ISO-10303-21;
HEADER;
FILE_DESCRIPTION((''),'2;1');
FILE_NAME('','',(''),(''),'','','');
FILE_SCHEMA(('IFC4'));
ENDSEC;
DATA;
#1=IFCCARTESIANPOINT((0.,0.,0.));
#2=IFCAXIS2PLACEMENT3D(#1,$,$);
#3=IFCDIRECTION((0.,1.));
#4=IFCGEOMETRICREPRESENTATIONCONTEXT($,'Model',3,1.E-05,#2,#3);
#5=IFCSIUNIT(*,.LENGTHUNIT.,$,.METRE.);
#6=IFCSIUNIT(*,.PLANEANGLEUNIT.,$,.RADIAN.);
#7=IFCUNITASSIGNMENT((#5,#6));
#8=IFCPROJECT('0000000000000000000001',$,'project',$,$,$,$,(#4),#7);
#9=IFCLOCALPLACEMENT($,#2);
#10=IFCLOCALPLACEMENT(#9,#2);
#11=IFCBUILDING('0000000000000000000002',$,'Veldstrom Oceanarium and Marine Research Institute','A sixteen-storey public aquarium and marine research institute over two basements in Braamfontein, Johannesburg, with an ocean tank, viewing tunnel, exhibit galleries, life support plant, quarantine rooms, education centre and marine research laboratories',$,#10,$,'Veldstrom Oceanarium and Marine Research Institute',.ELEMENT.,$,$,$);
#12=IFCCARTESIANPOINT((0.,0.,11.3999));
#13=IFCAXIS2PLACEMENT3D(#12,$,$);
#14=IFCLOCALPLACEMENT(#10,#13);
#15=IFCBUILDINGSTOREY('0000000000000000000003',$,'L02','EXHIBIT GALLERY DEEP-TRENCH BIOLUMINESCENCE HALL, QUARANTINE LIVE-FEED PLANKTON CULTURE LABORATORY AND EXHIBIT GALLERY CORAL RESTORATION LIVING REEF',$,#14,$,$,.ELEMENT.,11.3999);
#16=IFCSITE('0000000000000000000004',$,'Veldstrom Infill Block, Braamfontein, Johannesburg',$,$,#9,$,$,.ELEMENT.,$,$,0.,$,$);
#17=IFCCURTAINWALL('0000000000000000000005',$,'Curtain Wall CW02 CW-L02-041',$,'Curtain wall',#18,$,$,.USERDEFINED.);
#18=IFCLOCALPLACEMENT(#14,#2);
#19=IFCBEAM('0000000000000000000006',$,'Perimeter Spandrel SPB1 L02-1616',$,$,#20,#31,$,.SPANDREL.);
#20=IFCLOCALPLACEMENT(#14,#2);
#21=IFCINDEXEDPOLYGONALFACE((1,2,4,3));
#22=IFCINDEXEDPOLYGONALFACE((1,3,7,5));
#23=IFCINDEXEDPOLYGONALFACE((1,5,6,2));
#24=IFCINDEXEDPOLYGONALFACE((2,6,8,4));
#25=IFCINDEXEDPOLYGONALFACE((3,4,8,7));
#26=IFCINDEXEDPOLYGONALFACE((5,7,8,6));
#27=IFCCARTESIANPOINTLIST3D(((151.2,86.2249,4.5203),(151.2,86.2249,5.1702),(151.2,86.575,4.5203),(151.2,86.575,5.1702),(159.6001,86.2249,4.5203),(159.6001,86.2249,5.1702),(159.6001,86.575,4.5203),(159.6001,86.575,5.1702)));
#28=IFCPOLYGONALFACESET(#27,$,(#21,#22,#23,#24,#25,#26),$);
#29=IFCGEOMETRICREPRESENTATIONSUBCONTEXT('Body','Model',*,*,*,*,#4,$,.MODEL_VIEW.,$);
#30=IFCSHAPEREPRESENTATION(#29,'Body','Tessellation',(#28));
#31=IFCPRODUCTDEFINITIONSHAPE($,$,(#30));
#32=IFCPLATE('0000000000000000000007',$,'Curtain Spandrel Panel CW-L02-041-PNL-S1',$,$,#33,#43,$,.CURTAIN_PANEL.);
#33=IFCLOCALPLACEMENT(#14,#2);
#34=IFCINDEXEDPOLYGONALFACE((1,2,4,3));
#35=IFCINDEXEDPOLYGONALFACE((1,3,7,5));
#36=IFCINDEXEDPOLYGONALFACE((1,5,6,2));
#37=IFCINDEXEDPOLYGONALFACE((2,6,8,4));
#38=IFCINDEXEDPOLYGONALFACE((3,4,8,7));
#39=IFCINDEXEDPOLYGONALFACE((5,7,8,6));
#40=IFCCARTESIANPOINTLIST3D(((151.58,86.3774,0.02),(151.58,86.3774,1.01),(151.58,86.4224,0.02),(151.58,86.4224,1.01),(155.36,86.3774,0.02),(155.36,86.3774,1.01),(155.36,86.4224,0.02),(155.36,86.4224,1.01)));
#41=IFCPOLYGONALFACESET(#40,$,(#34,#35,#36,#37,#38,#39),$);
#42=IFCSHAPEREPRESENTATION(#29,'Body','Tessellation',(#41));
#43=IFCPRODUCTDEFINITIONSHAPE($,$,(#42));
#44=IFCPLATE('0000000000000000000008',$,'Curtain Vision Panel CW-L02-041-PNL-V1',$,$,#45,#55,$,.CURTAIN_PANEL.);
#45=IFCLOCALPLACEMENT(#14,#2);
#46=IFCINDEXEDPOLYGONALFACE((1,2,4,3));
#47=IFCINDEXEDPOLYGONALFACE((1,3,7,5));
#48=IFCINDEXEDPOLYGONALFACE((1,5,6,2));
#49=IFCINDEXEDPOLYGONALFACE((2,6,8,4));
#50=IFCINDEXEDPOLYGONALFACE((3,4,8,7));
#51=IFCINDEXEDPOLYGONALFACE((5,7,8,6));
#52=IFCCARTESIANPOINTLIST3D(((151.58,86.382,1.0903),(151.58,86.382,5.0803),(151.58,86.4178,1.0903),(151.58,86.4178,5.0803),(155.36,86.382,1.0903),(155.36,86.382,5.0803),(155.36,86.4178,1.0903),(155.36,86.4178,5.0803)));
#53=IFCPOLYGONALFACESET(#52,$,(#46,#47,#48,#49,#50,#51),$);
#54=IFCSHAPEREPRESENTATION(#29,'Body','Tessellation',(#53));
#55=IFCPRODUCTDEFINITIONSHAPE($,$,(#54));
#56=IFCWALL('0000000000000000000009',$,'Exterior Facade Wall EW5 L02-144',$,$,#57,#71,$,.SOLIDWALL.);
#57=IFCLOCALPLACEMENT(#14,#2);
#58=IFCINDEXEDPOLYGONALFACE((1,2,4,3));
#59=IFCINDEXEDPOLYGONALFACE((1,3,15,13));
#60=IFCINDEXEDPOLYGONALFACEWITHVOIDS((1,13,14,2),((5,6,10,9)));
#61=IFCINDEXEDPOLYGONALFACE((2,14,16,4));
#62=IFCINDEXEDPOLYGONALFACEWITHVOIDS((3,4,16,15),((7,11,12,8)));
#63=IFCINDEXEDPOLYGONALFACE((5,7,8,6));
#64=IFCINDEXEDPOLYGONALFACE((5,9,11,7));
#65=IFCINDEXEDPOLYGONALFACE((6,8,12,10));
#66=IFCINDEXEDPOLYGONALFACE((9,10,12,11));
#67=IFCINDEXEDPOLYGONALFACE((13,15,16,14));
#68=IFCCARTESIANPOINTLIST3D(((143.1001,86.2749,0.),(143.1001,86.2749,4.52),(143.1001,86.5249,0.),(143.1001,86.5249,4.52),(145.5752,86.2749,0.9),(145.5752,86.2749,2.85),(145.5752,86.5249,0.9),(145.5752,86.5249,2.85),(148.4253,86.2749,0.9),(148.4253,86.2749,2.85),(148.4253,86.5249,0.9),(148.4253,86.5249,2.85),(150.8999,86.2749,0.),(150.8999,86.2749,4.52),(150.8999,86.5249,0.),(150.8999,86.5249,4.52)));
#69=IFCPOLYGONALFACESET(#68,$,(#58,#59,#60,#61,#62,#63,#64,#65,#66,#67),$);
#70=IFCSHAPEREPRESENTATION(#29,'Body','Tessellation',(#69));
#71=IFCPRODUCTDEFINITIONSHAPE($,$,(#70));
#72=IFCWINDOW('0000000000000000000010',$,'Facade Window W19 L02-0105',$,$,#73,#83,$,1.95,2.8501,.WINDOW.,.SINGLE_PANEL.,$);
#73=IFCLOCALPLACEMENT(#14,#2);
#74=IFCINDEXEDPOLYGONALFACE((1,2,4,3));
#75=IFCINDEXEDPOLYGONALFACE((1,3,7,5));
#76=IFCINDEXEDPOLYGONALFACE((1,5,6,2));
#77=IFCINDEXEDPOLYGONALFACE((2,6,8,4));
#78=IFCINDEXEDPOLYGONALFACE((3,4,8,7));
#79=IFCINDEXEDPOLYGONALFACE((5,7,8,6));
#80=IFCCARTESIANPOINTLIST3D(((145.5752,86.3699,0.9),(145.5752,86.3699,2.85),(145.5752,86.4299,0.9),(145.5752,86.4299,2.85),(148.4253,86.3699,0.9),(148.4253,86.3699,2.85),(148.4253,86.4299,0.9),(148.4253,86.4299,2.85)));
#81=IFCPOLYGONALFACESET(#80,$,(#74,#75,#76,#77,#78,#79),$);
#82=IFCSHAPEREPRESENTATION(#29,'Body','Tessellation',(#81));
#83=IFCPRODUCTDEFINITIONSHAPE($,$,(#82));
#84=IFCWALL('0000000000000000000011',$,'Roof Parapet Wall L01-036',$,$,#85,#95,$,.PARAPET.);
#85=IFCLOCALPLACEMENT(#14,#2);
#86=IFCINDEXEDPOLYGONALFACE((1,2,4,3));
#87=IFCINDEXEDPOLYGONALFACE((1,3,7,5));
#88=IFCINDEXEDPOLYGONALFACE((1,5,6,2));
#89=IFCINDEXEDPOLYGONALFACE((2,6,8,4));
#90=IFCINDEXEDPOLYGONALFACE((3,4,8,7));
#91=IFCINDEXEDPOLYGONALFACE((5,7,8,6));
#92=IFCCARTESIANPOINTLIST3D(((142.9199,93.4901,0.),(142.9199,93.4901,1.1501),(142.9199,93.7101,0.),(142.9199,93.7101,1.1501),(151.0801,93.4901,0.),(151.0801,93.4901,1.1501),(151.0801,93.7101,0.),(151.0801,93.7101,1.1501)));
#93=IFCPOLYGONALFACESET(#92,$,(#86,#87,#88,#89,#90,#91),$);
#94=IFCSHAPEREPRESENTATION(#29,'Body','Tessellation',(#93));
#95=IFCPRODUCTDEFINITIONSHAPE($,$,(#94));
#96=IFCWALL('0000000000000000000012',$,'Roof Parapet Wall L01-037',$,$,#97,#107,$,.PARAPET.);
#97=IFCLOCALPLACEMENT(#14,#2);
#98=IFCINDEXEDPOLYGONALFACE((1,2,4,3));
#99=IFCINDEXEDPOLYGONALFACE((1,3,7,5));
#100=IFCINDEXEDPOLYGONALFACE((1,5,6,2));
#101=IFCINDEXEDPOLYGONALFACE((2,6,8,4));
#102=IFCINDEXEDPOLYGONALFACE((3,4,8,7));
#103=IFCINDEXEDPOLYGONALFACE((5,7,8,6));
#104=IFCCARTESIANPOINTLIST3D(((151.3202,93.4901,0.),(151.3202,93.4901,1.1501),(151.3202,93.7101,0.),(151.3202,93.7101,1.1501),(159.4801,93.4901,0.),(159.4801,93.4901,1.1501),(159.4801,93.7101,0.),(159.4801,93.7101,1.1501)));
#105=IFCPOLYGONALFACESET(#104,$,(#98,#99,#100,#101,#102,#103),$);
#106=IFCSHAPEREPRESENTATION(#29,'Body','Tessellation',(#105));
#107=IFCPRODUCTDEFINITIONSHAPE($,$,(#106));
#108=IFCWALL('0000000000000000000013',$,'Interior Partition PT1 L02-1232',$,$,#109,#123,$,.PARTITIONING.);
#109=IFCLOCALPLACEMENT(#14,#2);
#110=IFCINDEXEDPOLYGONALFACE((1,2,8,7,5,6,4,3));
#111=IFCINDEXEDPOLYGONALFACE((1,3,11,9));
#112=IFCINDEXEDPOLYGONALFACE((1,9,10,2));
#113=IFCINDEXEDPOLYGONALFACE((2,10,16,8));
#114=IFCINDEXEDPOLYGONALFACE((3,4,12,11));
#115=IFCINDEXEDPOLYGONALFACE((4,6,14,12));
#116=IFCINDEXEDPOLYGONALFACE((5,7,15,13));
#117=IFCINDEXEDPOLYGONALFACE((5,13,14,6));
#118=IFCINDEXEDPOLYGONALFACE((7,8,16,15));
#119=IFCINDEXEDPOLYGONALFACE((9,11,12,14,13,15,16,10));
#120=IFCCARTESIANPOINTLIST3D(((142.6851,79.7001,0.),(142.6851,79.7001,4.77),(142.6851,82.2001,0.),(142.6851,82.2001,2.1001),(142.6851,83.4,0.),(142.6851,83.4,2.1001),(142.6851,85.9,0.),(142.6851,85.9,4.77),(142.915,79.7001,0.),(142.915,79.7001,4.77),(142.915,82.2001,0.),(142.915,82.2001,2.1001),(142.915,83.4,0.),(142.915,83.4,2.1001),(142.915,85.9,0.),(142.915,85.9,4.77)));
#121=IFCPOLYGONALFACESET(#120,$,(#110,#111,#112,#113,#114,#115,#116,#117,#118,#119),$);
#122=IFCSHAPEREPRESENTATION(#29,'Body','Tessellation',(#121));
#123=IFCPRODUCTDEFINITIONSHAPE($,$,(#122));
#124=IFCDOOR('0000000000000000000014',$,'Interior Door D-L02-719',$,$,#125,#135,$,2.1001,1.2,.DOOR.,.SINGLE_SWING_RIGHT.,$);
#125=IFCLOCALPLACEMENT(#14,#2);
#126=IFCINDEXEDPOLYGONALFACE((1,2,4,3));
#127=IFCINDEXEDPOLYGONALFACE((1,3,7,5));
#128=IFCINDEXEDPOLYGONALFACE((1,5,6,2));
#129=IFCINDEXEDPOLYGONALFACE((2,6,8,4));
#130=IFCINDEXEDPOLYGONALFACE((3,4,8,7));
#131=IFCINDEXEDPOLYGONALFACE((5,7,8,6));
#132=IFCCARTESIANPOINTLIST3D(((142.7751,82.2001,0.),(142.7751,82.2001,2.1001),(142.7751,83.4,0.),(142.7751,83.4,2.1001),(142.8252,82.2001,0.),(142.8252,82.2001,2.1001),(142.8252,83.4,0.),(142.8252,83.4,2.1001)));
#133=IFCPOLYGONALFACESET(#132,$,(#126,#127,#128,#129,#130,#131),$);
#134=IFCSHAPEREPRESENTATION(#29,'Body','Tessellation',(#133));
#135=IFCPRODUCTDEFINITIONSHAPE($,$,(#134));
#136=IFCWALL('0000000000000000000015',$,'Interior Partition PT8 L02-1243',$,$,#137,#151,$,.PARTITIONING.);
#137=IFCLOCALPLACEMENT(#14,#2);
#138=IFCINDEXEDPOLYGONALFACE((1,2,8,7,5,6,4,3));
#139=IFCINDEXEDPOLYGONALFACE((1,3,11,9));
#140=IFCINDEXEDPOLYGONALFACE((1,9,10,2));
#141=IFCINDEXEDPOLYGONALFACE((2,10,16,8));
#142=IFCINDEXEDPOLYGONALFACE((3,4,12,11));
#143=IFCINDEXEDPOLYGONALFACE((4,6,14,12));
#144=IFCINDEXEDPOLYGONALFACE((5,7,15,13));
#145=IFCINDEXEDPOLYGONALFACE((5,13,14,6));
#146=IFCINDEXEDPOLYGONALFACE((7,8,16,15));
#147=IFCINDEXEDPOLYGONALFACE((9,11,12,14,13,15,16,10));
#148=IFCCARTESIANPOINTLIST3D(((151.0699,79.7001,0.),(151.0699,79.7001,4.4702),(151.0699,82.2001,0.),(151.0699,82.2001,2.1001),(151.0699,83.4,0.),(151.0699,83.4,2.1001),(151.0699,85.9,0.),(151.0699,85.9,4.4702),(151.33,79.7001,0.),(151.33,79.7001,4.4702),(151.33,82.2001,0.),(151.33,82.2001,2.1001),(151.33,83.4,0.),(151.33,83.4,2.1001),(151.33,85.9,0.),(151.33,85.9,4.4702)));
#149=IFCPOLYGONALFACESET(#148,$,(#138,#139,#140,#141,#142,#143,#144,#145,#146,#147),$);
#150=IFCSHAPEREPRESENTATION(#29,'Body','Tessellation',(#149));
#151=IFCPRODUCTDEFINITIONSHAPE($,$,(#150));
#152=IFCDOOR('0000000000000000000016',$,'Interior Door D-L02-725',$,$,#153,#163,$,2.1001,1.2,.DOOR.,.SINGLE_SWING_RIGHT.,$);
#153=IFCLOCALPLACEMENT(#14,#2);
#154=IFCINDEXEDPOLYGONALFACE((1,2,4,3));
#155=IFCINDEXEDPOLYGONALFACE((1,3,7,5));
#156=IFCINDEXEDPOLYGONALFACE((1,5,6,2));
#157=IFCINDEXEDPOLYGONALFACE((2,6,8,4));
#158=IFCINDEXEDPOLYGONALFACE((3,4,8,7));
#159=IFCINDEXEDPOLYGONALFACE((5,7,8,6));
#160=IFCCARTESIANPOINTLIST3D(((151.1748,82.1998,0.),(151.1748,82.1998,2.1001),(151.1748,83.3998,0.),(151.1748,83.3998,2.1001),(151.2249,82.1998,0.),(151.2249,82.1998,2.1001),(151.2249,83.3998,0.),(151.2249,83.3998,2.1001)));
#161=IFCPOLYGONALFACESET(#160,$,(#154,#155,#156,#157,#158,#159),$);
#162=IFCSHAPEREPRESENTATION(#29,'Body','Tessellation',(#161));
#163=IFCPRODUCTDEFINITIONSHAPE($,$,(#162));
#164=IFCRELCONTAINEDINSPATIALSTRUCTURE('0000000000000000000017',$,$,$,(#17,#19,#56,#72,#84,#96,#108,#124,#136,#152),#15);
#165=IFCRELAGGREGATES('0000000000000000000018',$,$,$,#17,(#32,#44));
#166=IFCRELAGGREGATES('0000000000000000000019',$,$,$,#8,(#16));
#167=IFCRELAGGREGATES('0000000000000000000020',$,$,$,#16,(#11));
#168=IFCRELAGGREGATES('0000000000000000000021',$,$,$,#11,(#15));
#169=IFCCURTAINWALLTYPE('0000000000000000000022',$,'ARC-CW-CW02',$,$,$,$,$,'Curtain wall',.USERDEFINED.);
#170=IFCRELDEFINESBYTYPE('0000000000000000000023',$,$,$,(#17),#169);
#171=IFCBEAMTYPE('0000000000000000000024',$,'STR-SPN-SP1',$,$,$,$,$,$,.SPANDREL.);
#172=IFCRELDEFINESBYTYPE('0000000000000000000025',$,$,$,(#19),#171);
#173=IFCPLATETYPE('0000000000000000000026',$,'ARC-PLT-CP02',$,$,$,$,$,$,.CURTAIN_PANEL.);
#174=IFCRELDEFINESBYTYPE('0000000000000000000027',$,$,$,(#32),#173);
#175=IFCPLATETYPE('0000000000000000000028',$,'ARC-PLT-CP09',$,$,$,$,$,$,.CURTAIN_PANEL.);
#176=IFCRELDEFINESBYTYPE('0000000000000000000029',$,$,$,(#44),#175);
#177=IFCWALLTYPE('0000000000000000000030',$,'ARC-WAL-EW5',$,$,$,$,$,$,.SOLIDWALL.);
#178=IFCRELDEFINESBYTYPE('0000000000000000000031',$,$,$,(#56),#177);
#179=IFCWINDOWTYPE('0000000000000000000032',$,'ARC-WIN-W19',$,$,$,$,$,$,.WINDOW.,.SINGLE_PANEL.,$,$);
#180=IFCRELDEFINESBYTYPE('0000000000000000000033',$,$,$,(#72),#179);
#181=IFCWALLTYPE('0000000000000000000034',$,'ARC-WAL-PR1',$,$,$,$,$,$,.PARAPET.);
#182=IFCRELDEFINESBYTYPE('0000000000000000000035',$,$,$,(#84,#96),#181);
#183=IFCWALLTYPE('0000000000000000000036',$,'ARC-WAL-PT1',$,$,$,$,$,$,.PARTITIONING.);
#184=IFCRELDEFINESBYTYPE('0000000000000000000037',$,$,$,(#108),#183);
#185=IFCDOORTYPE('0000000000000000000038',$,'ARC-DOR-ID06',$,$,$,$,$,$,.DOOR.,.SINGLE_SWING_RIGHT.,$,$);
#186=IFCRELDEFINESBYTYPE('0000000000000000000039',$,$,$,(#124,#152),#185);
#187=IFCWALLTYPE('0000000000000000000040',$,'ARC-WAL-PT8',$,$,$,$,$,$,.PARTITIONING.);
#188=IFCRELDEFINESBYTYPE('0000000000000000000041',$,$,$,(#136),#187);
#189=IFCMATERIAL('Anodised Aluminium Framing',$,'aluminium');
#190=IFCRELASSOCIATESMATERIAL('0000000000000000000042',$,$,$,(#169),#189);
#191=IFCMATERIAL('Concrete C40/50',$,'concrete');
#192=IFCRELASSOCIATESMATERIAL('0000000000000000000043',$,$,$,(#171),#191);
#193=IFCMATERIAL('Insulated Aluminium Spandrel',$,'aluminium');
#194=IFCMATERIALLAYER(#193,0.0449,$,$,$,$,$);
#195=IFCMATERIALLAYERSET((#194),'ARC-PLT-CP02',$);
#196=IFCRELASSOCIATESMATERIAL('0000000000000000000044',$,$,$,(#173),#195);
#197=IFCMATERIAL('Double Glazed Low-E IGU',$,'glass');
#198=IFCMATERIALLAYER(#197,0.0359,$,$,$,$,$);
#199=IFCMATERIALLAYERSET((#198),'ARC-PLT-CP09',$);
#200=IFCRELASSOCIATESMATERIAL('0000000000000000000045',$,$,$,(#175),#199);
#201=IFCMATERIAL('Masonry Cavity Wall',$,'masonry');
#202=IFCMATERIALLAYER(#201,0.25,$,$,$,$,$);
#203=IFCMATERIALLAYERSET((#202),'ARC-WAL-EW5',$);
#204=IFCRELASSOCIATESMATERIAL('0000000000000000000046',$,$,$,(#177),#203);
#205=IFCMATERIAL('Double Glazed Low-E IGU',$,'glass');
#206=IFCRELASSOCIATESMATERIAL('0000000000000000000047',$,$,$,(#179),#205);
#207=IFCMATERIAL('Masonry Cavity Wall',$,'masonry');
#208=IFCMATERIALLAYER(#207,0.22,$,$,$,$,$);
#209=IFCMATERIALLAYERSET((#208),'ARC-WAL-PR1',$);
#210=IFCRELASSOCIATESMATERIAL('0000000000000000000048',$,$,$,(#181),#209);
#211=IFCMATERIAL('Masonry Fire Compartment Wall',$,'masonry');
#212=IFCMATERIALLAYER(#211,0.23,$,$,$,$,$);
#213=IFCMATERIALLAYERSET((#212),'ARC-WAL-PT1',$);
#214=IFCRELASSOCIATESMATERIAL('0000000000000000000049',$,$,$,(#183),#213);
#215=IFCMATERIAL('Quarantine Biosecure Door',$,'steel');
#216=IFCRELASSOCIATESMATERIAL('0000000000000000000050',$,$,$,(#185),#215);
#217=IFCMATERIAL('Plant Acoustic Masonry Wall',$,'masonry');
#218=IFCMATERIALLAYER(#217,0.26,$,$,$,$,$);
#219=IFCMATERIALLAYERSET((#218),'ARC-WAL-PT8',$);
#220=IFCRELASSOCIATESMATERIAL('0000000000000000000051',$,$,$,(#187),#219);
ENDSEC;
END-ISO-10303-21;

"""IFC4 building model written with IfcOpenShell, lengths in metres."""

from ifc_helpers import new_model, si_unit, direction, frame, frame_2d, origin, origin_2d, place, context, subcontext, project, spatial, rectangle, extrude, material, layer, layer_set, material_profile, profile_set, type_object, element, fill, aggregate, save


model = new_model("IFC4")

# Units and contexts
model_context = context("Model", 3, precision=1e-05, world=origin(), true_north=direction((0.0, 1.0)))
body_context = subcontext(model_context, "Body", "Model", "MODEL_VIEW")
ifc_project = project(units=[si_unit("LENGTHUNIT", "METRE"), si_unit("PLANEANGLEUNIT", "RADIAN")], contexts=[model_context])

# Site, building, storey
site_placement = place(None, origin())
site = spatial("IfcSite", under=ifc_project, at=site_placement, Name="Veldstrom Infill Block, Braamfontein, Johannesburg", CompositionType="ELEMENT", RefElevation=0.0)
building_placement = place(site_placement, origin())
building = spatial("IfcBuilding", under=site, at=building_placement, Name="Veldstrom Oceanarium and Marine Research Institute", Description="A sixteen-storey public aquarium and marine research institute over two basements in Braamfontein, Johannesburg, with an ocean tank, viewing tunnel, exhibit galleries, life support plant, quarantine rooms, education centre and marine research laboratories", LongName="Veldstrom Oceanarium and Marine Research Institute", CompositionType="ELEMENT")
storey_placement = place(building_placement, frame((0.0, 0.0, 11.3999)))
storey = spatial("IfcBuildingStorey", under=building, at=storey_placement, Name="L02", Description="EXHIBIT GALLERY DEEP-TRENCH BIOLUMINESCENCE HALL, QUARANTINE LIVE-FEED PLANKTON CULTURE LABORATORY AND EXHIBIT GALLERY CORAL RESTORATION LIVING REEF", CompositionType="ELEMENT", Elevation=11.3999)

# Curtain wall
ifc_material_1 = material(Name="Anodised Aluminium Framing", Category="aluminium")
curtain_wall_type = type_object("IfcCurtainWallType", Name="ARC-CW-CW02", ElementType="Curtain wall", PredefinedType="USERDEFINED", material=ifc_material_1)
curtain_wall_placement = place(storey_placement, origin())
curtain_wall = element("IfcCurtainWall", 1, at=curtain_wall_placement, inside=storey, type_object=curtain_wall_type, Name="Curtain Wall CW02 CW-L02-041", ObjectType="Curtain wall", PredefinedType="USERDEFINED")

# Beam
ifc_material_2 = material(Name="Concrete C40/50", Category="concrete")
ifc_material_profile_1 = material_profile(ifc_material_2, rectangle(XDim=0.3501, YDim=0.6499, at=origin_2d()), Name="RC-SPN-350x650")
ifc_profile_set_1 = profile_set([ifc_material_profile_1], Name="Concrete C40/50")
beam_type_1 = type_object("IfcBeamType", Name="STR-SPN-SP1", PredefinedType="SPANDREL", material=ifc_profile_set_1)
beam_1_placement = place(storey_placement, frame((151.2, 86.3999, 4.8452), z_axis=(1.0, 0.0, 0.0), x_axis=(0.0, 1.0, 0.0)))
element("IfcBeam", 2, at=beam_1_placement, inside=storey, type_object=beam_type_1, Name="Perimeter Spandrel SPB1 L02-1616", PredefinedType="SPANDREL", context=body_context, shape_type="SweptSolid", body=[
    extrude(rectangle(XDim=0.3501, YDim=0.6499, at=origin_2d()), origin(), (0.0, 0.0, 1.0), 8.4001),
])

# Plates
ifc_material_3 = material(Name="Insulated Aluminium Spandrel", Category="aluminium")
ifc_layer_1 = layer(ifc_material_3, 0.0449)
ifc_layer_set_1 = layer_set([ifc_layer_1], Name="ARC-PLT-CP02")
plate_type_1 = type_object("IfcPlateType", Name="ARC-PLT-CP02", PredefinedType="CURTAIN_PANEL", material=ifc_layer_set_1)
plate_1_placement = place(storey_placement, frame((153.47, 86.3999, 0.02), z_axis=(0.0, 0.0, 1.0), x_axis=(1.0, 0.0, 0.0)))
plate_1 = element("IfcPlate", 3, at=plate_1_placement, type_object=plate_type_1, Name="Curtain Spandrel Panel CW-L02-041-PNL-S1", PredefinedType="CURTAIN_PANEL", context=body_context, shape_type="SweptSolid", body=[
    extrude(rectangle(XDim=3.78, YDim=0.0449, at=origin_2d()), origin(), (0.0, 0.0, 1.0), 0.99),
])
ifc_material_4 = material(Name="Double Glazed Low-E IGU", Category="glass")
ifc_layer_2 = layer(ifc_material_4, 0.0359)
ifc_layer_set_2 = layer_set([ifc_layer_2], Name="ARC-PLT-CP09")
plate_type_2 = type_object("IfcPlateType", Name="ARC-PLT-CP09", PredefinedType="CURTAIN_PANEL", material=ifc_layer_set_2)
plate_2_placement = place(storey_placement, frame((153.47, 86.3999, 1.0903), z_axis=(0.0, 0.0, 1.0), x_axis=(1.0, 0.0, 0.0)))
plate_2 = element("IfcPlate", 4, at=plate_2_placement, type_object=plate_type_2, Name="Curtain Vision Panel CW-L02-041-PNL-V1", PredefinedType="CURTAIN_PANEL", context=body_context, shape_type="SweptSolid", body=[
    extrude(rectangle(XDim=3.78, YDim=0.0359, at=origin_2d()), origin(), (0.0, 0.0, 1.0), 3.99),
])
aggregate(curtain_wall, [plate_1, plate_2])

# Wall, opening, window
ifc_material_5 = material(Name="Masonry Cavity Wall", Category="masonry")
ifc_layer_3 = layer(ifc_material_5, 0.25)
ifc_layer_set_3 = layer_set([ifc_layer_3], Name="ARC-WAL-EW5")
wall_type_1 = type_object("IfcWallType", Name="ARC-WAL-EW5", PredefinedType="SOLIDWALL", material=ifc_layer_set_3)
wall_1_placement = place(storey_placement, frame((143.1001, 86.3999, 0.0), z_axis=(0.0, 0.0, 1.0), x_axis=(1.0, 0.0, 0.0)))
wall_1 = element("IfcWall", 5, at=wall_1_placement, inside=storey, type_object=wall_type_1, Name="Exterior Facade Wall EW5 L02-144", PredefinedType="SOLIDWALL", context=body_context, shape_type="SweptSolid", body=[
    extrude(rectangle(XDim=7.7998, YDim=0.25, at=frame_2d((3.8999, 0.0))), origin(), (0.0, 0.0, 1.0), 4.52),
])
opening_1_placement = place(wall_1_placement, frame((2.4751, 0.0, 0.8999)))
opening_1 = element("IfcOpeningElement", 6, at=opening_1_placement, cuts=wall_1, PredefinedType="OPENING", context=body_context, shape_type="SweptSolid", body=[
    extrude(rectangle(XDim=2.8501, YDim=1.95, at=frame_2d((1.425, 0.9751))), frame((0.0, 0.135, 0.0), z_axis=(0.0, -1.0, 0.0), x_axis=(1.0, 0.0, 0.0)), (0.0, 0.0, 1.0), 0.27),
])
ifc_material_6 = material(Name="Double Glazed Low-E IGU", Category="glass")
window_type = type_object("IfcWindowType", Name="ARC-WIN-W19", PartitioningType="SINGLE_PANEL", PredefinedType="WINDOW", material=ifc_material_6)
window_placement = place(opening_1_placement, origin())
window = element("IfcWindow", 7, at=window_placement, inside=storey, type_object=window_type, Name="Facade Window W19 L02-0105", OverallHeight=1.95, OverallWidth=2.8501, PartitioningType="SINGLE_PANEL", PredefinedType="WINDOW", context=body_context, shape_type="SweptSolid", body=[
    extrude(rectangle(XDim=2.8501, YDim=1.95, at=frame_2d((1.425, 0.9751))), frame((0.0, 0.03, 0.0), z_axis=(0.0, -1.0, 0.0), x_axis=(1.0, 0.0, 0.0)), (0.0, 0.0, 1.0), 0.0601),
])
fill(opening_1, window)

# Walls
ifc_material_7 = material(Name="Masonry Cavity Wall", Category="masonry")
ifc_layer_4 = layer(ifc_material_7, 0.22)
ifc_layer_set_4 = layer_set([ifc_layer_4], Name="ARC-WAL-PR1")
wall_type_2 = type_object("IfcWallType", Name="ARC-WAL-PR1", PredefinedType="PARAPET", material=ifc_layer_set_4)
wall_2_placement = place(storey_placement, frame((142.9199, 93.6001, 0.0), z_axis=(0.0, 0.0, 1.0), x_axis=(1.0, 0.0, 0.0)))
element("IfcWall", 8, at=wall_2_placement, inside=storey, type_object=wall_type_2, Name="Roof Parapet Wall L01-036", PredefinedType="PARAPET", context=body_context, shape_type="SweptSolid", body=[
    extrude(rectangle(XDim=8.1602, YDim=0.22, at=frame_2d((4.0801, 0.0))), origin(), (0.0, 0.0, 1.0), 1.1501),
])
wall_3_placement = place(storey_placement, frame((151.3201, 93.6001, 0.0), z_axis=(0.0, 0.0, 1.0), x_axis=(1.0, 0.0, 0.0)))
element("IfcWall", 9, at=wall_3_placement, inside=storey, type_object=wall_type_2, Name="Roof Parapet Wall L01-037", PredefinedType="PARAPET", context=body_context, shape_type="SweptSolid", body=[
    extrude(rectangle(XDim=8.1599, YDim=0.22, at=frame_2d((4.0801, 0.0))), origin(), (0.0, 0.0, 1.0), 1.1501),
])

# Walls, openings, doors
ifc_material_8 = material(Name="Masonry Fire Compartment Wall", Category="masonry")
ifc_layer_5 = layer(ifc_material_8, 0.23)
ifc_layer_set_5 = layer_set([ifc_layer_5], Name="ARC-WAL-PT1")
wall_type_3 = type_object("IfcWallType", Name="ARC-WAL-PT1", PredefinedType="PARTITIONING", material=ifc_layer_set_5)
wall_4_placement = place(storey_placement, frame((142.8, 79.7, 0.0), z_axis=(0.0, 0.0, 1.0), x_axis=(0.0, 1.0, 0.0)))
wall_4 = element("IfcWall", 10, at=wall_4_placement, inside=storey, type_object=wall_type_3, Name="Interior Partition PT1 L02-1232", PredefinedType="PARTITIONING", context=body_context, shape_type="SweptSolid", body=[
    extrude(rectangle(XDim=6.2, YDim=0.23, at=frame_2d((3.1001, 0.0))), origin(), (0.0, 0.0, 1.0), 4.77),
])
opening_2_placement = place(wall_4_placement, frame((2.5, 0.0, 0.0)))
opening_2 = element("IfcOpeningElement", 11, at=opening_2_placement, cuts=wall_4, PredefinedType="OPENING", context=body_context, shape_type="SweptSolid", body=[
    extrude(rectangle(XDim=1.2, YDim=2.1001, at=frame_2d((0.6001, 1.05))), frame((0.0, 0.125, 0.0), z_axis=(0.0, -1.0, 0.0), x_axis=(1.0, 0.0, 0.0)), (0.0, 0.0, 1.0), 0.25),
])
ifc_material_9 = material(Name="Quarantine Biosecure Door", Category="steel")
door_type = type_object("IfcDoorType", Name="ARC-DOR-ID06", OperationType="SINGLE_SWING_RIGHT", PredefinedType="DOOR", material=ifc_material_9)
door_1_placement = place(opening_2_placement, origin())
door_1 = element("IfcDoor", 12, at=door_1_placement, inside=storey, type_object=door_type, Name="Interior Door D-L02-719", OperationType="SINGLE_SWING_RIGHT", OverallHeight=2.1001, OverallWidth=1.2, PredefinedType="DOOR", context=body_context, shape_type="SweptSolid", body=[
    extrude(rectangle(XDim=1.2, YDim=2.1001, at=frame_2d((0.6001, 1.05))), frame((0.0, 0.0249, 0.0), z_axis=(0.0, -1.0, 0.0), x_axis=(1.0, 0.0, 0.0)), (0.0, 0.0, 1.0), 0.05),
])
fill(opening_2, door_1)
ifc_material_10 = material(Name="Plant Acoustic Masonry Wall", Category="masonry")
ifc_layer_6 = layer(ifc_material_10, 0.26)
ifc_layer_set_6 = layer_set([ifc_layer_6], Name="ARC-WAL-PT8")
wall_type_4 = type_object("IfcWallType", Name="ARC-WAL-PT8", PredefinedType="PARTITIONING", material=ifc_layer_set_6)
wall_5_placement = place(storey_placement, frame((151.2, 79.7, 0.0), z_axis=(0.0, 0.0, 1.0), x_axis=(0.0, 1.0, 0.0)))
wall_5 = element("IfcWall", 13, at=wall_5_placement, inside=storey, type_object=wall_type_4, Name="Interior Partition PT8 L02-1243", PredefinedType="PARTITIONING", context=body_context, shape_type="SweptSolid", body=[
    extrude(rectangle(XDim=6.2, YDim=0.26, at=frame_2d((3.1001, 0.0))), origin(), (0.0, 0.0, 1.0), 4.4702),
])
opening_3_placement = place(wall_5_placement, frame((2.5, 0.0, 0.0)))
opening_3 = element("IfcOpeningElement", 14, at=opening_3_placement, cuts=wall_5, PredefinedType="OPENING", context=body_context, shape_type="SweptSolid", body=[
    extrude(rectangle(XDim=1.2, YDim=2.1001, at=frame_2d((0.6001, 1.05))), frame((0.0, 0.1399, 0.0), z_axis=(0.0, -1.0, 0.0), x_axis=(1.0, 0.0, 0.0)), (0.0, 0.0, 1.0), 0.28),
])
door_2_placement = place(opening_3_placement, frame((1.2, 0.0, 0.0), z_axis=(0.0, 0.0, 1.0), x_axis=(-1.0, 0.0, 0.0)))
door_2 = element("IfcDoor", 15, at=door_2_placement, inside=storey, type_object=door_type, Name="Interior Door D-L02-725", OperationType="SINGLE_SWING_RIGHT", OverallHeight=2.1001, OverallWidth=1.2, PredefinedType="DOOR", context=body_context, shape_type="SweptSolid", body=[
    extrude(rectangle(XDim=1.2, YDim=2.1001, at=frame_2d((0.6001, 1.05))), frame((0.0, 0.0249, 0.0), z_axis=(0.0, -1.0, 0.0), x_axis=(1.0, 0.0, 0.0)), (0.0, 0.0, 1.0), 0.05),
])
fill(opening_3, door_2)

save(model, "model.ifc")
